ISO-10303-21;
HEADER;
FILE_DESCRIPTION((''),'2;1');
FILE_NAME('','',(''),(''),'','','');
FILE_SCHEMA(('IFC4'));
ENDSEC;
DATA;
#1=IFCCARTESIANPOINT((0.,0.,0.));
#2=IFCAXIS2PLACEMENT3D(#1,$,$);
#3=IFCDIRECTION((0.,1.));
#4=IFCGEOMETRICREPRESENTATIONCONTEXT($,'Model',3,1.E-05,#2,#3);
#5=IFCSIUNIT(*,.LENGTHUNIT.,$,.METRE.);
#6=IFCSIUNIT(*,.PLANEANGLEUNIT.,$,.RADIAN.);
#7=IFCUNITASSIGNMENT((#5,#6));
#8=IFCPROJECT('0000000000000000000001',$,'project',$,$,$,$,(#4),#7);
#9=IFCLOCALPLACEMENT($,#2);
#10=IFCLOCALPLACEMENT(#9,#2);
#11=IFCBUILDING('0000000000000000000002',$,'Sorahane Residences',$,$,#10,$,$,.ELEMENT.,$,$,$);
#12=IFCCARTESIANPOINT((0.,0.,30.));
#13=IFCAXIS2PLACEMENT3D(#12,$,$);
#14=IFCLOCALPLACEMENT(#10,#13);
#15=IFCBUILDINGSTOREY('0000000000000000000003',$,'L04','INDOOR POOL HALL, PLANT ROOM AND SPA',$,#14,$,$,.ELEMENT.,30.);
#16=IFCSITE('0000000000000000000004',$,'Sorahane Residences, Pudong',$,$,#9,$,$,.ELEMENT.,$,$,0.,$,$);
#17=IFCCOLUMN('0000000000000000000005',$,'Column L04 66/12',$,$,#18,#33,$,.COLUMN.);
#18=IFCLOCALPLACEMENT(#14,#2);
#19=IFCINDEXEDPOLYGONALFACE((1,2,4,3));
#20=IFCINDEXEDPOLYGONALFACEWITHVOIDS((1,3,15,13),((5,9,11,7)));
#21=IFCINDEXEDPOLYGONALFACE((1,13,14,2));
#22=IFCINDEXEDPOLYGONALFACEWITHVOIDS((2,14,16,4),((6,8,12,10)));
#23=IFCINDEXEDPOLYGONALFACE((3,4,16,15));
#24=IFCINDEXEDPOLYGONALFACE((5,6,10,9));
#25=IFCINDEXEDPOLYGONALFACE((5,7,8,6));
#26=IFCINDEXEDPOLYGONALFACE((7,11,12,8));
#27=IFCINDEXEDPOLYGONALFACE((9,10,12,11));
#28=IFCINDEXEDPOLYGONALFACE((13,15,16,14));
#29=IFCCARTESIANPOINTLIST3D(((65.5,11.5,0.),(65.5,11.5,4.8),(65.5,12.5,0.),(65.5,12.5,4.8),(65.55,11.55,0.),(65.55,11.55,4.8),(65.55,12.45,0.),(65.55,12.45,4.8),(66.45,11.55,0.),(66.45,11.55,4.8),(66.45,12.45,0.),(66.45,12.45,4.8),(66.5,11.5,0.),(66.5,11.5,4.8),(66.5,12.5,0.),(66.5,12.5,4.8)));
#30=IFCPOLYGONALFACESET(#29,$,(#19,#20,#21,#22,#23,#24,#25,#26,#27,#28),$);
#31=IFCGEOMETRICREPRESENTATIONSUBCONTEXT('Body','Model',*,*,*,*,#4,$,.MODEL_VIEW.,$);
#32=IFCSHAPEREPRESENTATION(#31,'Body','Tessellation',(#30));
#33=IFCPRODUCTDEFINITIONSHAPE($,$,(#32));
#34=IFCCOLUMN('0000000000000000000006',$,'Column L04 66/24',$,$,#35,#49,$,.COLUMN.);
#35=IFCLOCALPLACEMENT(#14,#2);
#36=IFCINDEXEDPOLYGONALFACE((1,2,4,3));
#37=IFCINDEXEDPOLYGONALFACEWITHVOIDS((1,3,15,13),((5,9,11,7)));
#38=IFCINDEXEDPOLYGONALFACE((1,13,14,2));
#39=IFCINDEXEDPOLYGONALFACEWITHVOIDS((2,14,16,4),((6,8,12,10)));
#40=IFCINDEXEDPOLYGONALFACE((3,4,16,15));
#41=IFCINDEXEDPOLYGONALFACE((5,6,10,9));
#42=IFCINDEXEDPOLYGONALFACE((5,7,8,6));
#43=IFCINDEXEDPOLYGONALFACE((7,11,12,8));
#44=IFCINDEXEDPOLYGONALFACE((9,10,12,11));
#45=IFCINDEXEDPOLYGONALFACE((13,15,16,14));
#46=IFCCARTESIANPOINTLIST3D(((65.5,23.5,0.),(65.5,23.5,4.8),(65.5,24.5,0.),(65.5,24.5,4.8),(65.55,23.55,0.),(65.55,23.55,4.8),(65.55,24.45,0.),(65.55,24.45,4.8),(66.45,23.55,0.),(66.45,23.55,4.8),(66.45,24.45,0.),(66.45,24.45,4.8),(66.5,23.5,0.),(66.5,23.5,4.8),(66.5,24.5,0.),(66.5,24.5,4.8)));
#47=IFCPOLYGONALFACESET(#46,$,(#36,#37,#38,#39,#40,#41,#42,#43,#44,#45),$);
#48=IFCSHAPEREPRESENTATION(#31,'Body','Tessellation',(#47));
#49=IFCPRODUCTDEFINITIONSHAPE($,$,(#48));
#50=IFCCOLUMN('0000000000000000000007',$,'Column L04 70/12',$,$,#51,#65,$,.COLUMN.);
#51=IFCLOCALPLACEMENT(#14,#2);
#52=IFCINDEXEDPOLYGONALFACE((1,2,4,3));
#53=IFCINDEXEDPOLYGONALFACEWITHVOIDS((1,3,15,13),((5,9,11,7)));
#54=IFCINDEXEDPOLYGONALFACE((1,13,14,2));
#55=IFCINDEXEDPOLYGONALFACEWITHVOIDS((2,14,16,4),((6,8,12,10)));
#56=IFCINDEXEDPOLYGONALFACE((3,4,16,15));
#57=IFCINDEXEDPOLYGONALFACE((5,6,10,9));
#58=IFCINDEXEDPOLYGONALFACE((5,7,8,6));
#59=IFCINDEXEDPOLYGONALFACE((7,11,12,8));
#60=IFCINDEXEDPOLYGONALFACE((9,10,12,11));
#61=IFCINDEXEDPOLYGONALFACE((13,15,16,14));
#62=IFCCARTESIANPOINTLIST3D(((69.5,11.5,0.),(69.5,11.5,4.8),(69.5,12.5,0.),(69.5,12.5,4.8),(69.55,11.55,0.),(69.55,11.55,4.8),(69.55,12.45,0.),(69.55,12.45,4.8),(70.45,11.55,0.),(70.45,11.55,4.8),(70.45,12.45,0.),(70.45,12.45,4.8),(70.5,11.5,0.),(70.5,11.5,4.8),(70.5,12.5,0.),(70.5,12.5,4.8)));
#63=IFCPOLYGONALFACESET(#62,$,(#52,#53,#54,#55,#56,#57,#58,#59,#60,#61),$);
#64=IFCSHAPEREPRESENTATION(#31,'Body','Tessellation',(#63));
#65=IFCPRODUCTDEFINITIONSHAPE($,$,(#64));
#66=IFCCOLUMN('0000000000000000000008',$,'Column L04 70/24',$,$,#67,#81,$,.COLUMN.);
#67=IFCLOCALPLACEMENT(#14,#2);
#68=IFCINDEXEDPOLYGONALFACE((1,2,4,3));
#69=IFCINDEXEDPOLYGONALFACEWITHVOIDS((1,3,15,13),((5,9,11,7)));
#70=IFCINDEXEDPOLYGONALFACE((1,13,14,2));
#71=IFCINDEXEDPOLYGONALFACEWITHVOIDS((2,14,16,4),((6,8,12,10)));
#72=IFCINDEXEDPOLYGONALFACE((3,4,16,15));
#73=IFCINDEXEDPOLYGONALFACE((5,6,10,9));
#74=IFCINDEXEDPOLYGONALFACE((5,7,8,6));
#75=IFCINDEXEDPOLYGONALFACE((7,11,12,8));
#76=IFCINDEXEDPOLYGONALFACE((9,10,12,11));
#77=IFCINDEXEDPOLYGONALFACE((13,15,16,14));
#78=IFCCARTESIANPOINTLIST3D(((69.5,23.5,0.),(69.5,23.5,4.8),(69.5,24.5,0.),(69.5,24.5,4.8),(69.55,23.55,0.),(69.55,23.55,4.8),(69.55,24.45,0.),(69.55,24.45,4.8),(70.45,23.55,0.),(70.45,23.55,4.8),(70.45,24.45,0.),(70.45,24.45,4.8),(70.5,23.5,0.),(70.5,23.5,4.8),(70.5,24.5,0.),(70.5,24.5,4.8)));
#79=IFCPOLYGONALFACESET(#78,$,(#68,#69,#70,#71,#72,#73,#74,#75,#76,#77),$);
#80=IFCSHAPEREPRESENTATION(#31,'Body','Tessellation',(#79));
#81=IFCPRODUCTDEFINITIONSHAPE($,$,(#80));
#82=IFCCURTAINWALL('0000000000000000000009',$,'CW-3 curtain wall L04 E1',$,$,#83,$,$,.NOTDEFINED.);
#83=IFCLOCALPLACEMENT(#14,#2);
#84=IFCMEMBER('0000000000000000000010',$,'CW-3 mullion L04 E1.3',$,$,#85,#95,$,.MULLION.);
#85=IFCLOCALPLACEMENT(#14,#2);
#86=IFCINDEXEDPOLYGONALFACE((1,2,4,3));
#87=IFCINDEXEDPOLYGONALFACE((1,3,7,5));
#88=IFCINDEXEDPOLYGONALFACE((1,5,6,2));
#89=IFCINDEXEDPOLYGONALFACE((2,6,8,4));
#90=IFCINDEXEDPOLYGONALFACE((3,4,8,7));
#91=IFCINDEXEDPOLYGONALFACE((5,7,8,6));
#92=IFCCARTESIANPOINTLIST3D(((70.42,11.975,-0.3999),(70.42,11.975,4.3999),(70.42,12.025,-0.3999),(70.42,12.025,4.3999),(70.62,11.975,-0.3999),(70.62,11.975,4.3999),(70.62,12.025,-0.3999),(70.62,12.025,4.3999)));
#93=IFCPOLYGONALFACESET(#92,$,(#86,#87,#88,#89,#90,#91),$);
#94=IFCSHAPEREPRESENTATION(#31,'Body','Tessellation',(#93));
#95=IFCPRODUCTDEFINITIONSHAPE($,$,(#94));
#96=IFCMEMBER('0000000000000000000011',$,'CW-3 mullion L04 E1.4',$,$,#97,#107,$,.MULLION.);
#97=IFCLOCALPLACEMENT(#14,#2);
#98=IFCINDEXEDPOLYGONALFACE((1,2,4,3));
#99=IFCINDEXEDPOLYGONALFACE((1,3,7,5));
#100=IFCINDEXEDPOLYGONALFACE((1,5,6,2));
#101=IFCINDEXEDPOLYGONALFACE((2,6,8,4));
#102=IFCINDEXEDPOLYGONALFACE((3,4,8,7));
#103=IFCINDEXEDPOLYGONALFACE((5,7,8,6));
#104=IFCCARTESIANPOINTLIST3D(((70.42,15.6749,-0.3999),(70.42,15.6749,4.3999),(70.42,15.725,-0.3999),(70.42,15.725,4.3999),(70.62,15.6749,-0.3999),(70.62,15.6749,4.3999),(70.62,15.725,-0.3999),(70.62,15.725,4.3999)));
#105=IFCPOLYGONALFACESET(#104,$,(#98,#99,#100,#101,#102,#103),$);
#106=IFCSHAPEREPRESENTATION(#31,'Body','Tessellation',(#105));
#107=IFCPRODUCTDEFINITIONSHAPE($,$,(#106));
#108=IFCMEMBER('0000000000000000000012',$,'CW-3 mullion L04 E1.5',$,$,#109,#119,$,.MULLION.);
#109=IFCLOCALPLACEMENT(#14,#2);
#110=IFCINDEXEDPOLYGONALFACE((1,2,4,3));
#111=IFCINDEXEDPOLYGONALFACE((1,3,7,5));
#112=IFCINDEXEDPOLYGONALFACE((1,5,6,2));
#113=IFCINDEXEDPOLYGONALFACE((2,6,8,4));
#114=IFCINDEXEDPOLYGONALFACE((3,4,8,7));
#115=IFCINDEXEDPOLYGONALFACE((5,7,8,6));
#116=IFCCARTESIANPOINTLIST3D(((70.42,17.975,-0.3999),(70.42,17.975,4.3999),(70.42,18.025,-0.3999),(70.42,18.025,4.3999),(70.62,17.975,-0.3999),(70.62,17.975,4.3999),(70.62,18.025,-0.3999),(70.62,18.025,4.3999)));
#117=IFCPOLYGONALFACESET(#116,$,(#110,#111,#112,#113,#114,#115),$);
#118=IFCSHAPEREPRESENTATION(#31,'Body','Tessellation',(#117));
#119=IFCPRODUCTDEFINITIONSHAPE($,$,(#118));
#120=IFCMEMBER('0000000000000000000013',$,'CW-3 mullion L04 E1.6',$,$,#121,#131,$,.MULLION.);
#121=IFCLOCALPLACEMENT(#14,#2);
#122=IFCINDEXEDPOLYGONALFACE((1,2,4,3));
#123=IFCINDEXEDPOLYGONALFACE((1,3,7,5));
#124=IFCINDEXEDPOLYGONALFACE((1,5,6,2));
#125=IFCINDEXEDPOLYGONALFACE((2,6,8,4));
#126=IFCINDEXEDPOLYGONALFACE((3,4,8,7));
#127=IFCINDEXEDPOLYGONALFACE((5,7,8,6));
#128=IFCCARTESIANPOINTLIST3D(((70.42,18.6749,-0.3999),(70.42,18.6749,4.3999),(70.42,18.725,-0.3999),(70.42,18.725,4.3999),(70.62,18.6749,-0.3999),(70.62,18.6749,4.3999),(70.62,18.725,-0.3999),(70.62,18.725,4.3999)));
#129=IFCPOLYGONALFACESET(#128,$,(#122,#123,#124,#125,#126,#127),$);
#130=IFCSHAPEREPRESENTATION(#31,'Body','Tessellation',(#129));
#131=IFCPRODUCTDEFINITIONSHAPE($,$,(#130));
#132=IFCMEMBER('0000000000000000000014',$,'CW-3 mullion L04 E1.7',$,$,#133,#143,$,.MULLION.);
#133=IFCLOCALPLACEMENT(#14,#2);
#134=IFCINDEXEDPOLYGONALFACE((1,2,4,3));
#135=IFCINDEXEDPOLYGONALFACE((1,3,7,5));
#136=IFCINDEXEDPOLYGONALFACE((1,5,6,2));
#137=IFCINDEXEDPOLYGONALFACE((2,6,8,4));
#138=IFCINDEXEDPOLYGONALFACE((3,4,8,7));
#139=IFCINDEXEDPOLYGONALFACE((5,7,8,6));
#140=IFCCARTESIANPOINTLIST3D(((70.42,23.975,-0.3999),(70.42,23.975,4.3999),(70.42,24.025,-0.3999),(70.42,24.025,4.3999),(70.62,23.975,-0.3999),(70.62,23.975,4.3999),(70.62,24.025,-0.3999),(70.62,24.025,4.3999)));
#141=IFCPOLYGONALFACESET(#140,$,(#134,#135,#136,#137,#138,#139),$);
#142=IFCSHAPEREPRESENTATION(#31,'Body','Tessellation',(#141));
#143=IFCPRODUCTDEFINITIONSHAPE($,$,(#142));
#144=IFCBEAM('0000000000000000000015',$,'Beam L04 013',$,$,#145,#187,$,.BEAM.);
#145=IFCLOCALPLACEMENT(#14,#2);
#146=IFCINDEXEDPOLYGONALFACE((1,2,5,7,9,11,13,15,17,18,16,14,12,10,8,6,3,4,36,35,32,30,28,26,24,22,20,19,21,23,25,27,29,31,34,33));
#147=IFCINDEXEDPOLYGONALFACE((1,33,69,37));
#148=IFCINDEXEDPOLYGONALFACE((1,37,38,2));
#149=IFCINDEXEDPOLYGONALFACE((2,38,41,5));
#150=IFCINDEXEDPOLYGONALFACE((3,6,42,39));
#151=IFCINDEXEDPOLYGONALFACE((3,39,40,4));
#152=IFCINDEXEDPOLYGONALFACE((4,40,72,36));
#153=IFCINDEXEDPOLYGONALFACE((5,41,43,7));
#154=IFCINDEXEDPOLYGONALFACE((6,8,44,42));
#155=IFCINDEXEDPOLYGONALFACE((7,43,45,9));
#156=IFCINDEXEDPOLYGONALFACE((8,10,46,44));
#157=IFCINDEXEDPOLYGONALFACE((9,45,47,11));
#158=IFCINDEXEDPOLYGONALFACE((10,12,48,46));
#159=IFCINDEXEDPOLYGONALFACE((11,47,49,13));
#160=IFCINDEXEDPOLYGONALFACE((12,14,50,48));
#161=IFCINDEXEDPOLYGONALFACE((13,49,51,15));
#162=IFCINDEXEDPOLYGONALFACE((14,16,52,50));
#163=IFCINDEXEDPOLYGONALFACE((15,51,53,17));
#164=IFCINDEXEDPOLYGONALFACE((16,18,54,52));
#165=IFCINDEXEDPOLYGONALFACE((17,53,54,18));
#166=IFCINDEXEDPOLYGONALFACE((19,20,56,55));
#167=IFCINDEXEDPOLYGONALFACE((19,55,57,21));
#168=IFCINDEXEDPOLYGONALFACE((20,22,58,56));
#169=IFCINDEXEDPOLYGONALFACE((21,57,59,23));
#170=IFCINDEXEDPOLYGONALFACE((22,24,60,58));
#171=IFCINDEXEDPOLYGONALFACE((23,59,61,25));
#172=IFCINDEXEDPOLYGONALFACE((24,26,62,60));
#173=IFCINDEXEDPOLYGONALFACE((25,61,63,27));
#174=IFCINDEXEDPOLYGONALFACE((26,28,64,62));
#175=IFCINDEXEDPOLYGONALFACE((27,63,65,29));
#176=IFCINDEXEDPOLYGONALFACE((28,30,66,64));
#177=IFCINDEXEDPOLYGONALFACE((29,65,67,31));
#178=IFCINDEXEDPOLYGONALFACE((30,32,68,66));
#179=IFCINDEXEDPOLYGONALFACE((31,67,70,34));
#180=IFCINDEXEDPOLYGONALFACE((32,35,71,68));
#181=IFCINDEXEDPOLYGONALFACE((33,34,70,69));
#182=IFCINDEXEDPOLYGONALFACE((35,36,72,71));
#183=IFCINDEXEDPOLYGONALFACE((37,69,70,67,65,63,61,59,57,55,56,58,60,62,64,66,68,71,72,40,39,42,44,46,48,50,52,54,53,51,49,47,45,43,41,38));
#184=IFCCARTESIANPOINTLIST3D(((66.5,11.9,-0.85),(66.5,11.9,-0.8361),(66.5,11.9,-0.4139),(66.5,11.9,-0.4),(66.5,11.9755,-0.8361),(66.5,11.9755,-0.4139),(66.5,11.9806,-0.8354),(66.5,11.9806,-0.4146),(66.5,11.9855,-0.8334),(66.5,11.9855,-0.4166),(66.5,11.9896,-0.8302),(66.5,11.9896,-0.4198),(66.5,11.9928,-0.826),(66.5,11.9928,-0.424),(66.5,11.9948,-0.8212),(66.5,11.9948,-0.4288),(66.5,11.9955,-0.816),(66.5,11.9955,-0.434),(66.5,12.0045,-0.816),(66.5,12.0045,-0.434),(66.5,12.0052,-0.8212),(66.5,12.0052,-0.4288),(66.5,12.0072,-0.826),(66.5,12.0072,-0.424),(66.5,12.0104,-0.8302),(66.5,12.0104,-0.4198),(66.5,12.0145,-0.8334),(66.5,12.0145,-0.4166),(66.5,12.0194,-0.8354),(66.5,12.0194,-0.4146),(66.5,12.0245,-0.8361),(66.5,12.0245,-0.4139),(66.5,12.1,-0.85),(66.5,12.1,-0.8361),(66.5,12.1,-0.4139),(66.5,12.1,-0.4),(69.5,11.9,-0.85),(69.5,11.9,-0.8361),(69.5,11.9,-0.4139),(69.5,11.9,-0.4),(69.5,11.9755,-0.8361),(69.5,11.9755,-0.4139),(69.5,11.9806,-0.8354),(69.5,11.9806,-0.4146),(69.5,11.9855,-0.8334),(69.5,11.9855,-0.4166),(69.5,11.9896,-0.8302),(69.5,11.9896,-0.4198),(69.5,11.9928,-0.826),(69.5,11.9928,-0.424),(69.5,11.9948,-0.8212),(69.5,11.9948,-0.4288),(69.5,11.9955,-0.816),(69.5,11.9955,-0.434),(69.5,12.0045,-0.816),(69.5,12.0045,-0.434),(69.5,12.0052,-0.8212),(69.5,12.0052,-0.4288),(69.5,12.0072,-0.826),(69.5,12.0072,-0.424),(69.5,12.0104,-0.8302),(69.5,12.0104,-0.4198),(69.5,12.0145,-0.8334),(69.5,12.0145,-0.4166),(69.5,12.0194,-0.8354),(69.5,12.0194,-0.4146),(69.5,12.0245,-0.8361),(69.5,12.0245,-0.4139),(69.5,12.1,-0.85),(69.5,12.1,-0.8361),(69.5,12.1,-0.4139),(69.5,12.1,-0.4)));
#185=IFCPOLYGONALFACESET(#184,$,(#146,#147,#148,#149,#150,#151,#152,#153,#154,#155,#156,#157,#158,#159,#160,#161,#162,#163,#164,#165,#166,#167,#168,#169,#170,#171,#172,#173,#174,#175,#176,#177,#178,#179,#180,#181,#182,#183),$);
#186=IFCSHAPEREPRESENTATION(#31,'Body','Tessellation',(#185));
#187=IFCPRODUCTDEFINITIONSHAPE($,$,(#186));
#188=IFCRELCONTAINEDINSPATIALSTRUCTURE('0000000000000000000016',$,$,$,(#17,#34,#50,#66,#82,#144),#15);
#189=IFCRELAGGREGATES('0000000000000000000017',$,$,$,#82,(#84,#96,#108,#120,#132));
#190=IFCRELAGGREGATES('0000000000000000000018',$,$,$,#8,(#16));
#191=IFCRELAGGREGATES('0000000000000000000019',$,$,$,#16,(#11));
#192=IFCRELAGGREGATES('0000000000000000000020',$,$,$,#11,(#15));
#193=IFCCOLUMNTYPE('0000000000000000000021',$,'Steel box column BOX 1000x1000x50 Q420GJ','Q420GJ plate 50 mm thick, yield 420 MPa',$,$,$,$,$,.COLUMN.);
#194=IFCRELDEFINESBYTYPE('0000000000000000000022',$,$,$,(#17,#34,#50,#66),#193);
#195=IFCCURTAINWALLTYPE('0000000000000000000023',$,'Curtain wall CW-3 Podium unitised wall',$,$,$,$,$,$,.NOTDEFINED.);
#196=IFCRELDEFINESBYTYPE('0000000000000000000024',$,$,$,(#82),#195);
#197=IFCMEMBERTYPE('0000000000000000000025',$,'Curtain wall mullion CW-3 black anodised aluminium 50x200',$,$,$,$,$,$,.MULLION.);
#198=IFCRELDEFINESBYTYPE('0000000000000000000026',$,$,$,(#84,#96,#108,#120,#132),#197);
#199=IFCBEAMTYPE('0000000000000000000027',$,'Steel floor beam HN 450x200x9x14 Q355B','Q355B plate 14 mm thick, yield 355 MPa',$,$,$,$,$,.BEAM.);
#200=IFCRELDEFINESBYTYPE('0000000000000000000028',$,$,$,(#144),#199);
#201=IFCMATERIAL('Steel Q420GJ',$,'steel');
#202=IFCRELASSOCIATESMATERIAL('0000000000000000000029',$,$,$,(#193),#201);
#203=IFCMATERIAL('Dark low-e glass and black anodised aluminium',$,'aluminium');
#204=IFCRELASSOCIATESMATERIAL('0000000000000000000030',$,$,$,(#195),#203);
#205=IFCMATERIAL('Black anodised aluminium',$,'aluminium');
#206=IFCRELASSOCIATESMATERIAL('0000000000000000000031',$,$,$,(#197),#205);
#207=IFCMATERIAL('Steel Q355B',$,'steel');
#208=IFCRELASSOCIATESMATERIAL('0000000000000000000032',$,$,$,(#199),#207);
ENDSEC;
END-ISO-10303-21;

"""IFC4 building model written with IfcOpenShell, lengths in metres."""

from ifc_helpers import new_model, si_unit, direction, frame, origin, origin_2d, place, context, subcontext, project, spatial, rectangle, hollow_rectangle, i_section, extrude, material, material_profile, profile_set, type_object, element, aggregate, save


model = new_model("IFC4")

# Units and contexts
model_context = context("Model", 3, precision=1e-05, world=origin(), true_north=direction((0.0, 1.0)))
body_context = subcontext(model_context, "Body", "Model", "MODEL_VIEW")
ifc_project = project(units=[si_unit("LENGTHUNIT", "METRE"), si_unit("PLANEANGLEUNIT", "RADIAN")], contexts=[model_context])

# Site, building, storey
site_placement = place(None, origin())
site = spatial("IfcSite", under=ifc_project, at=site_placement, Name="Sorahane Residences, Pudong", CompositionType="ELEMENT", RefElevation=0.0)
building_placement = place(site_placement, origin())
building = spatial("IfcBuilding", under=site, at=building_placement, Name="Sorahane Residences", CompositionType="ELEMENT")
storey_placement = place(building_placement, frame((0.0, 0.0, 30.0)))
storey = spatial("IfcBuildingStorey", under=building, at=storey_placement, Name="L04", Description="INDOOR POOL HALL, PLANT ROOM AND SPA", CompositionType="ELEMENT", Elevation=30.0)

# Columns
ifc_material_1 = material(Name="Steel Q420GJ", Category="steel")
ifc_material_profile_1 = material_profile(ifc_material_1, hollow_rectangle(XDim=1.0, YDim=1.0, WallThickness=0.05, at=origin_2d()), Name="BOX 1000x1000x50")
ifc_profile_set_1 = profile_set([ifc_material_profile_1], Name="Steel Q420GJ")
column_type = type_object("IfcColumnType", Name="Steel box column BOX 1000x1000x50 Q420GJ", Description="Q420GJ plate 50 mm thick, yield 420 MPa", PredefinedType="COLUMN", material=ifc_profile_set_1)
for number, where, z_axis, x_axis, name in (
    (1, (66.0, 12.0, 0.0), (0.0, 0.0, 1.0), (1.0, 0.0, 0.0), "Column L04 66/12"),
    (2, (66.0, 24.0, 0.0), (0.0, 0.0, 1.0), (1.0, 0.0, 0.0), "Column L04 66/24"),
    (3, (70.0, 12.0, 0.0), (0.0, 0.0, 1.0), (1.0, 0.0, 0.0), "Column L04 70/12"),
    (4, (70.0, 24.0, 0.0), (0.0, 0.0, 1.0), (1.0, 0.0, 0.0), "Column L04 70/24"),
):
    element("IfcColumn", number, at=place(storey_placement, frame(where, z_axis=z_axis, x_axis=x_axis)), inside=storey, type_object=column_type, Name=name, PredefinedType="COLUMN", context=body_context, shape_type="SweptSolid", body=[
        extrude(hollow_rectangle(XDim=1.0, YDim=1.0, WallThickness=0.05, at=origin_2d()), origin(), (0.0, 0.0, 1.0), 4.8),
    ])

# Curtain wall, members
ifc_material_2 = material(Name="Dark low-e glass and black anodised aluminium", Category="aluminium")
curtain_wall_type = type_object("IfcCurtainWallType", Name="Curtain wall CW-3 Podium unitised wall", PredefinedType="NOTDEFINED", material=ifc_material_2)
curtain_wall_placement = place(storey_placement, origin())
curtain_wall = element("IfcCurtainWall", 5, at=curtain_wall_placement, inside=storey, type_object=curtain_wall_type, Name="CW-3 curtain wall L04 E1", PredefinedType="NOTDEFINED")
ifc_material_3 = material(Name="Black anodised aluminium", Category="aluminium")
ifc_material_profile_2 = material_profile(ifc_material_3, rectangle(XDim=0.2, YDim=0.05, at=origin_2d()), Name="Curtain wall mullion CW-3 black anodised aluminium 50x200")
ifc_profile_set_2 = profile_set([ifc_material_profile_2], Name="Black anodised aluminium")
member_type = type_object("IfcMemberType", Name="Curtain wall mullion CW-3 black anodised aluminium 50x200", PredefinedType="MULLION", material=ifc_profile_set_2)
member_1_placement = place(storey_placement, frame((70.52, 12.0, -0.3999), z_axis=(0.0, 0.0, 1.0), x_axis=(1.0, 0.0, 0.0)))
member_1 = element("IfcMember", 6, at=member_1_placement, type_object=member_type, Name="CW-3 mullion L04 E1.3", PredefinedType="MULLION", context=body_context, shape_type="SweptSolid", body=[
    extrude(rectangle(XDim=0.2, YDim=0.05, at=origin_2d()), origin(), (0.0, 0.0, 1.0), 4.7998),
])
member_2_placement = place(storey_placement, frame((70.52, 15.7, -0.3999), z_axis=(0.0, 0.0, 1.0), x_axis=(1.0, 0.0, 0.0)))
member_2 = element("IfcMember", 7, at=member_2_placement, type_object=member_type, Name="CW-3 mullion L04 E1.4", PredefinedType="MULLION", context=body_context, shape_type="SweptSolid", body=[
    extrude(rectangle(XDim=0.2, YDim=0.05, at=origin_2d()), origin(), (0.0, 0.0, 1.0), 4.7998),
])
member_3_placement = place(storey_placement, frame((70.52, 18.0, -0.3999), z_axis=(0.0, 0.0, 1.0), x_axis=(1.0, 0.0, 0.0)))
member_3 = element("IfcMember", 8, at=member_3_placement, type_object=member_type, Name="CW-3 mullion L04 E1.5", PredefinedType="MULLION", context=body_context, shape_type="SweptSolid", body=[
    extrude(rectangle(XDim=0.2, YDim=0.05, at=origin_2d()), origin(), (0.0, 0.0, 1.0), 4.7998),
])
member_4_placement = place(storey_placement, frame((70.52, 18.7, -0.3999), z_axis=(0.0, 0.0, 1.0), x_axis=(1.0, 0.0, 0.0)))
member_4 = element("IfcMember", 9, at=member_4_placement, type_object=member_type, Name="CW-3 mullion L04 E1.6", PredefinedType="MULLION", context=body_context, shape_type="SweptSolid", body=[
    extrude(rectangle(XDim=0.2, YDim=0.05, at=origin_2d()), origin(), (0.0, 0.0, 1.0), 4.7998),
])
member_5_placement = place(storey_placement, frame((70.52, 24.0, -0.3999), z_axis=(0.0, 0.0, 1.0), x_axis=(1.0, 0.0, 0.0)))
member_5 = element("IfcMember", 10, at=member_5_placement, type_object=member_type, Name="CW-3 mullion L04 E1.7", PredefinedType="MULLION", context=body_context, shape_type="SweptSolid", body=[
    extrude(rectangle(XDim=0.2, YDim=0.05, at=origin_2d()), origin(), (0.0, 0.0, 1.0), 4.7998),
])

# Beam
ifc_material_4 = material(Name="Steel Q355B", Category="steel")
ifc_material_profile_3 = material_profile(ifc_material_4, i_section(OverallWidth=0.2, OverallDepth=0.45, WebThickness=0.009, FlangeThickness=0.0139, FilletRadius=0.02, at=origin_2d()), Name="HN 450x200x9x14")
ifc_profile_set_3 = profile_set([ifc_material_profile_3], Name="Steel Q355B")
beam_type_1 = type_object("IfcBeamType", Name="Steel floor beam HN 450x200x9x14 Q355B", Description="Q355B plate 14 mm thick, yield 355 MPa", PredefinedType="BEAM", material=ifc_profile_set_3)
for number, where, z_axis, x_axis, name in (
    (11, (66.5, 12.0, -0.625), (1.0, 0.0, 0.0), (0.0, 1.0, 0.0), "Beam L04 013"),
):
    element("IfcBeam", number, at=place(storey_placement, frame(where, z_axis=z_axis, x_axis=x_axis)), inside=storey, type_object=beam_type_1, Name=name, PredefinedType="BEAM", context=body_context, shape_type="SweptSolid", body=[
        extrude(i_section(OverallWidth=0.2, OverallDepth=0.45, WebThickness=0.009, FlangeThickness=0.0139, FilletRadius=0.02, at=origin_2d()), origin(), (0.0, 0.0, 1.0), 3.0),
    ])

aggregate(curtain_wall, [member_1, member_2, member_3, member_4, member_5])

save(model, "model.ifc")
